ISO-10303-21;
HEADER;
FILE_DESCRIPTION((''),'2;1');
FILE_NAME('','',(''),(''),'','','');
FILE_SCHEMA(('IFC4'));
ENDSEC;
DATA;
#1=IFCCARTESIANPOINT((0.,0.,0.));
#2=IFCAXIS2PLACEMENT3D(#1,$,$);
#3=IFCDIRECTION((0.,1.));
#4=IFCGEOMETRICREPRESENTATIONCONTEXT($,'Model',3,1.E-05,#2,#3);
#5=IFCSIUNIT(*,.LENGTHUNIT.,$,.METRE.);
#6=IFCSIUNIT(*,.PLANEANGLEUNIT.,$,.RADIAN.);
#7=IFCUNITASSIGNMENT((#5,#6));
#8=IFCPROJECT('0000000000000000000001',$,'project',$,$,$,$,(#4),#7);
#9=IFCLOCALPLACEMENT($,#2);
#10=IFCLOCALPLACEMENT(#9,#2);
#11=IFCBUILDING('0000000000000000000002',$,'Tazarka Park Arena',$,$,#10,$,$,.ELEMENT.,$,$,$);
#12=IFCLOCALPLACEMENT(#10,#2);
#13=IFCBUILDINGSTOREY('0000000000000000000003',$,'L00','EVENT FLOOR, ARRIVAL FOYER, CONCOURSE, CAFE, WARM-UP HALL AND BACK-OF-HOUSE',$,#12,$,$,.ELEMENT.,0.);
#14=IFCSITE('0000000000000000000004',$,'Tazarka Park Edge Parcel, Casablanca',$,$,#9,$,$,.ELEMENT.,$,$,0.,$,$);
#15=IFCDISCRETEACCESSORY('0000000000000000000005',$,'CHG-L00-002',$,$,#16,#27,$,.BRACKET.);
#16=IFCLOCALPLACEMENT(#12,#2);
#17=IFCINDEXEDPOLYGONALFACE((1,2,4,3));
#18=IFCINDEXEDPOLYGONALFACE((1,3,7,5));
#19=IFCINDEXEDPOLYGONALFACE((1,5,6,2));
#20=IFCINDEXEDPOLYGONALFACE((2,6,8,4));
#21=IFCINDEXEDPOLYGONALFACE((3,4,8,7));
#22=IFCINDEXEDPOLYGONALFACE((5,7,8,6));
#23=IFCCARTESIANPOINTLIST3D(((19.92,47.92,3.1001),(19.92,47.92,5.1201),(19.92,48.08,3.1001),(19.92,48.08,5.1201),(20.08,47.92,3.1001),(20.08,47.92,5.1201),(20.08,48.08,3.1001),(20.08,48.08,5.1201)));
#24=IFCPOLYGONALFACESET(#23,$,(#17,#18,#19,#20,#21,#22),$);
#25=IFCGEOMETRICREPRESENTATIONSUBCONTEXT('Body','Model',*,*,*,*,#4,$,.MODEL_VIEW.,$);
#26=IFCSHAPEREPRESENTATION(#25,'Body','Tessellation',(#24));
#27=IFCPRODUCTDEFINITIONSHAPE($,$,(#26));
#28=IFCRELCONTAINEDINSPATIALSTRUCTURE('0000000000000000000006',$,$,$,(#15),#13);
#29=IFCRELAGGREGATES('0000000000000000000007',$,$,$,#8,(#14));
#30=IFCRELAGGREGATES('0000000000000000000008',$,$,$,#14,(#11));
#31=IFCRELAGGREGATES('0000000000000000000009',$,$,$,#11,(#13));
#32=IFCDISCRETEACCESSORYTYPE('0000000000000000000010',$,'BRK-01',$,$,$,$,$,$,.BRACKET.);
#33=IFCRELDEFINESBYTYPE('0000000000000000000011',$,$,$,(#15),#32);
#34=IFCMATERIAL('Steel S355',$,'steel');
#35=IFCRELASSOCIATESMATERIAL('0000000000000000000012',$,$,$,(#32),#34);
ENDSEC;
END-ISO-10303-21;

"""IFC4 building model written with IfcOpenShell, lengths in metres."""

from ifc_helpers import new_model, si_unit, direction, frame, origin, origin_2d, place, context, subcontext, project, spatial, rectangle, extrude, material, type_object, element, save


model = new_model("IFC4")

# Units and contexts
model_context = context("Model", 3, precision=1e-05, world=origin(), true_north=direction((0.0, 1.0)))
body_context = subcontext(model_context, "Body", "Model", "MODEL_VIEW")
ifc_project = project(units=[si_unit("LENGTHUNIT", "METRE"), si_unit("PLANEANGLEUNIT", "RADIAN")], contexts=[model_context])

# Site, building, storey
site_placement = place(None, origin())
site = spatial("IfcSite", under=ifc_project, at=site_placement, Name="Tazarka Park Edge Parcel, Casablanca", CompositionType="ELEMENT", RefElevation=0.0)
building_placement = place(site_placement, origin())
building = spatial("IfcBuilding", under=site, at=building_placement, Name="Tazarka Park Arena", CompositionType="ELEMENT")
storey_placement = place(building_placement, origin())
storey = spatial("IfcBuildingStorey", under=building, at=storey_placement, Name="L00", Description="EVENT FLOOR, ARRIVAL FOYER, CONCOURSE, CAFE, WARM-UP HALL AND BACK-OF-HOUSE", CompositionType="ELEMENT", Elevation=0.0)

# Discrete accessory
ifc_material_1 = material(Name="Steel S355", Category="steel")
discrete_accessory_type = type_object("IfcDiscreteAccessoryType", Name="BRK-01", PredefinedType="BRACKET", material=ifc_material_1)
discrete_accessory_placement = place(storey_placement, frame((20.0, 48.0, 3.1001), z_axis=(0.0, 0.0, 1.0), x_axis=(1.0, 0.0, 0.0)))
element("IfcDiscreteAccessory", 1, at=discrete_accessory_placement, inside=storey, type_object=discrete_accessory_type, Name="CHG-L00-002", PredefinedType="BRACKET", context=body_context, shape_type="SweptSolid", body=[
    extrude(rectangle(XDim=0.1599, YDim=0.1599, at=origin_2d()), origin(), (0.0, 0.0, 1.0), 2.02),
])

save(model, "model.ifc")
